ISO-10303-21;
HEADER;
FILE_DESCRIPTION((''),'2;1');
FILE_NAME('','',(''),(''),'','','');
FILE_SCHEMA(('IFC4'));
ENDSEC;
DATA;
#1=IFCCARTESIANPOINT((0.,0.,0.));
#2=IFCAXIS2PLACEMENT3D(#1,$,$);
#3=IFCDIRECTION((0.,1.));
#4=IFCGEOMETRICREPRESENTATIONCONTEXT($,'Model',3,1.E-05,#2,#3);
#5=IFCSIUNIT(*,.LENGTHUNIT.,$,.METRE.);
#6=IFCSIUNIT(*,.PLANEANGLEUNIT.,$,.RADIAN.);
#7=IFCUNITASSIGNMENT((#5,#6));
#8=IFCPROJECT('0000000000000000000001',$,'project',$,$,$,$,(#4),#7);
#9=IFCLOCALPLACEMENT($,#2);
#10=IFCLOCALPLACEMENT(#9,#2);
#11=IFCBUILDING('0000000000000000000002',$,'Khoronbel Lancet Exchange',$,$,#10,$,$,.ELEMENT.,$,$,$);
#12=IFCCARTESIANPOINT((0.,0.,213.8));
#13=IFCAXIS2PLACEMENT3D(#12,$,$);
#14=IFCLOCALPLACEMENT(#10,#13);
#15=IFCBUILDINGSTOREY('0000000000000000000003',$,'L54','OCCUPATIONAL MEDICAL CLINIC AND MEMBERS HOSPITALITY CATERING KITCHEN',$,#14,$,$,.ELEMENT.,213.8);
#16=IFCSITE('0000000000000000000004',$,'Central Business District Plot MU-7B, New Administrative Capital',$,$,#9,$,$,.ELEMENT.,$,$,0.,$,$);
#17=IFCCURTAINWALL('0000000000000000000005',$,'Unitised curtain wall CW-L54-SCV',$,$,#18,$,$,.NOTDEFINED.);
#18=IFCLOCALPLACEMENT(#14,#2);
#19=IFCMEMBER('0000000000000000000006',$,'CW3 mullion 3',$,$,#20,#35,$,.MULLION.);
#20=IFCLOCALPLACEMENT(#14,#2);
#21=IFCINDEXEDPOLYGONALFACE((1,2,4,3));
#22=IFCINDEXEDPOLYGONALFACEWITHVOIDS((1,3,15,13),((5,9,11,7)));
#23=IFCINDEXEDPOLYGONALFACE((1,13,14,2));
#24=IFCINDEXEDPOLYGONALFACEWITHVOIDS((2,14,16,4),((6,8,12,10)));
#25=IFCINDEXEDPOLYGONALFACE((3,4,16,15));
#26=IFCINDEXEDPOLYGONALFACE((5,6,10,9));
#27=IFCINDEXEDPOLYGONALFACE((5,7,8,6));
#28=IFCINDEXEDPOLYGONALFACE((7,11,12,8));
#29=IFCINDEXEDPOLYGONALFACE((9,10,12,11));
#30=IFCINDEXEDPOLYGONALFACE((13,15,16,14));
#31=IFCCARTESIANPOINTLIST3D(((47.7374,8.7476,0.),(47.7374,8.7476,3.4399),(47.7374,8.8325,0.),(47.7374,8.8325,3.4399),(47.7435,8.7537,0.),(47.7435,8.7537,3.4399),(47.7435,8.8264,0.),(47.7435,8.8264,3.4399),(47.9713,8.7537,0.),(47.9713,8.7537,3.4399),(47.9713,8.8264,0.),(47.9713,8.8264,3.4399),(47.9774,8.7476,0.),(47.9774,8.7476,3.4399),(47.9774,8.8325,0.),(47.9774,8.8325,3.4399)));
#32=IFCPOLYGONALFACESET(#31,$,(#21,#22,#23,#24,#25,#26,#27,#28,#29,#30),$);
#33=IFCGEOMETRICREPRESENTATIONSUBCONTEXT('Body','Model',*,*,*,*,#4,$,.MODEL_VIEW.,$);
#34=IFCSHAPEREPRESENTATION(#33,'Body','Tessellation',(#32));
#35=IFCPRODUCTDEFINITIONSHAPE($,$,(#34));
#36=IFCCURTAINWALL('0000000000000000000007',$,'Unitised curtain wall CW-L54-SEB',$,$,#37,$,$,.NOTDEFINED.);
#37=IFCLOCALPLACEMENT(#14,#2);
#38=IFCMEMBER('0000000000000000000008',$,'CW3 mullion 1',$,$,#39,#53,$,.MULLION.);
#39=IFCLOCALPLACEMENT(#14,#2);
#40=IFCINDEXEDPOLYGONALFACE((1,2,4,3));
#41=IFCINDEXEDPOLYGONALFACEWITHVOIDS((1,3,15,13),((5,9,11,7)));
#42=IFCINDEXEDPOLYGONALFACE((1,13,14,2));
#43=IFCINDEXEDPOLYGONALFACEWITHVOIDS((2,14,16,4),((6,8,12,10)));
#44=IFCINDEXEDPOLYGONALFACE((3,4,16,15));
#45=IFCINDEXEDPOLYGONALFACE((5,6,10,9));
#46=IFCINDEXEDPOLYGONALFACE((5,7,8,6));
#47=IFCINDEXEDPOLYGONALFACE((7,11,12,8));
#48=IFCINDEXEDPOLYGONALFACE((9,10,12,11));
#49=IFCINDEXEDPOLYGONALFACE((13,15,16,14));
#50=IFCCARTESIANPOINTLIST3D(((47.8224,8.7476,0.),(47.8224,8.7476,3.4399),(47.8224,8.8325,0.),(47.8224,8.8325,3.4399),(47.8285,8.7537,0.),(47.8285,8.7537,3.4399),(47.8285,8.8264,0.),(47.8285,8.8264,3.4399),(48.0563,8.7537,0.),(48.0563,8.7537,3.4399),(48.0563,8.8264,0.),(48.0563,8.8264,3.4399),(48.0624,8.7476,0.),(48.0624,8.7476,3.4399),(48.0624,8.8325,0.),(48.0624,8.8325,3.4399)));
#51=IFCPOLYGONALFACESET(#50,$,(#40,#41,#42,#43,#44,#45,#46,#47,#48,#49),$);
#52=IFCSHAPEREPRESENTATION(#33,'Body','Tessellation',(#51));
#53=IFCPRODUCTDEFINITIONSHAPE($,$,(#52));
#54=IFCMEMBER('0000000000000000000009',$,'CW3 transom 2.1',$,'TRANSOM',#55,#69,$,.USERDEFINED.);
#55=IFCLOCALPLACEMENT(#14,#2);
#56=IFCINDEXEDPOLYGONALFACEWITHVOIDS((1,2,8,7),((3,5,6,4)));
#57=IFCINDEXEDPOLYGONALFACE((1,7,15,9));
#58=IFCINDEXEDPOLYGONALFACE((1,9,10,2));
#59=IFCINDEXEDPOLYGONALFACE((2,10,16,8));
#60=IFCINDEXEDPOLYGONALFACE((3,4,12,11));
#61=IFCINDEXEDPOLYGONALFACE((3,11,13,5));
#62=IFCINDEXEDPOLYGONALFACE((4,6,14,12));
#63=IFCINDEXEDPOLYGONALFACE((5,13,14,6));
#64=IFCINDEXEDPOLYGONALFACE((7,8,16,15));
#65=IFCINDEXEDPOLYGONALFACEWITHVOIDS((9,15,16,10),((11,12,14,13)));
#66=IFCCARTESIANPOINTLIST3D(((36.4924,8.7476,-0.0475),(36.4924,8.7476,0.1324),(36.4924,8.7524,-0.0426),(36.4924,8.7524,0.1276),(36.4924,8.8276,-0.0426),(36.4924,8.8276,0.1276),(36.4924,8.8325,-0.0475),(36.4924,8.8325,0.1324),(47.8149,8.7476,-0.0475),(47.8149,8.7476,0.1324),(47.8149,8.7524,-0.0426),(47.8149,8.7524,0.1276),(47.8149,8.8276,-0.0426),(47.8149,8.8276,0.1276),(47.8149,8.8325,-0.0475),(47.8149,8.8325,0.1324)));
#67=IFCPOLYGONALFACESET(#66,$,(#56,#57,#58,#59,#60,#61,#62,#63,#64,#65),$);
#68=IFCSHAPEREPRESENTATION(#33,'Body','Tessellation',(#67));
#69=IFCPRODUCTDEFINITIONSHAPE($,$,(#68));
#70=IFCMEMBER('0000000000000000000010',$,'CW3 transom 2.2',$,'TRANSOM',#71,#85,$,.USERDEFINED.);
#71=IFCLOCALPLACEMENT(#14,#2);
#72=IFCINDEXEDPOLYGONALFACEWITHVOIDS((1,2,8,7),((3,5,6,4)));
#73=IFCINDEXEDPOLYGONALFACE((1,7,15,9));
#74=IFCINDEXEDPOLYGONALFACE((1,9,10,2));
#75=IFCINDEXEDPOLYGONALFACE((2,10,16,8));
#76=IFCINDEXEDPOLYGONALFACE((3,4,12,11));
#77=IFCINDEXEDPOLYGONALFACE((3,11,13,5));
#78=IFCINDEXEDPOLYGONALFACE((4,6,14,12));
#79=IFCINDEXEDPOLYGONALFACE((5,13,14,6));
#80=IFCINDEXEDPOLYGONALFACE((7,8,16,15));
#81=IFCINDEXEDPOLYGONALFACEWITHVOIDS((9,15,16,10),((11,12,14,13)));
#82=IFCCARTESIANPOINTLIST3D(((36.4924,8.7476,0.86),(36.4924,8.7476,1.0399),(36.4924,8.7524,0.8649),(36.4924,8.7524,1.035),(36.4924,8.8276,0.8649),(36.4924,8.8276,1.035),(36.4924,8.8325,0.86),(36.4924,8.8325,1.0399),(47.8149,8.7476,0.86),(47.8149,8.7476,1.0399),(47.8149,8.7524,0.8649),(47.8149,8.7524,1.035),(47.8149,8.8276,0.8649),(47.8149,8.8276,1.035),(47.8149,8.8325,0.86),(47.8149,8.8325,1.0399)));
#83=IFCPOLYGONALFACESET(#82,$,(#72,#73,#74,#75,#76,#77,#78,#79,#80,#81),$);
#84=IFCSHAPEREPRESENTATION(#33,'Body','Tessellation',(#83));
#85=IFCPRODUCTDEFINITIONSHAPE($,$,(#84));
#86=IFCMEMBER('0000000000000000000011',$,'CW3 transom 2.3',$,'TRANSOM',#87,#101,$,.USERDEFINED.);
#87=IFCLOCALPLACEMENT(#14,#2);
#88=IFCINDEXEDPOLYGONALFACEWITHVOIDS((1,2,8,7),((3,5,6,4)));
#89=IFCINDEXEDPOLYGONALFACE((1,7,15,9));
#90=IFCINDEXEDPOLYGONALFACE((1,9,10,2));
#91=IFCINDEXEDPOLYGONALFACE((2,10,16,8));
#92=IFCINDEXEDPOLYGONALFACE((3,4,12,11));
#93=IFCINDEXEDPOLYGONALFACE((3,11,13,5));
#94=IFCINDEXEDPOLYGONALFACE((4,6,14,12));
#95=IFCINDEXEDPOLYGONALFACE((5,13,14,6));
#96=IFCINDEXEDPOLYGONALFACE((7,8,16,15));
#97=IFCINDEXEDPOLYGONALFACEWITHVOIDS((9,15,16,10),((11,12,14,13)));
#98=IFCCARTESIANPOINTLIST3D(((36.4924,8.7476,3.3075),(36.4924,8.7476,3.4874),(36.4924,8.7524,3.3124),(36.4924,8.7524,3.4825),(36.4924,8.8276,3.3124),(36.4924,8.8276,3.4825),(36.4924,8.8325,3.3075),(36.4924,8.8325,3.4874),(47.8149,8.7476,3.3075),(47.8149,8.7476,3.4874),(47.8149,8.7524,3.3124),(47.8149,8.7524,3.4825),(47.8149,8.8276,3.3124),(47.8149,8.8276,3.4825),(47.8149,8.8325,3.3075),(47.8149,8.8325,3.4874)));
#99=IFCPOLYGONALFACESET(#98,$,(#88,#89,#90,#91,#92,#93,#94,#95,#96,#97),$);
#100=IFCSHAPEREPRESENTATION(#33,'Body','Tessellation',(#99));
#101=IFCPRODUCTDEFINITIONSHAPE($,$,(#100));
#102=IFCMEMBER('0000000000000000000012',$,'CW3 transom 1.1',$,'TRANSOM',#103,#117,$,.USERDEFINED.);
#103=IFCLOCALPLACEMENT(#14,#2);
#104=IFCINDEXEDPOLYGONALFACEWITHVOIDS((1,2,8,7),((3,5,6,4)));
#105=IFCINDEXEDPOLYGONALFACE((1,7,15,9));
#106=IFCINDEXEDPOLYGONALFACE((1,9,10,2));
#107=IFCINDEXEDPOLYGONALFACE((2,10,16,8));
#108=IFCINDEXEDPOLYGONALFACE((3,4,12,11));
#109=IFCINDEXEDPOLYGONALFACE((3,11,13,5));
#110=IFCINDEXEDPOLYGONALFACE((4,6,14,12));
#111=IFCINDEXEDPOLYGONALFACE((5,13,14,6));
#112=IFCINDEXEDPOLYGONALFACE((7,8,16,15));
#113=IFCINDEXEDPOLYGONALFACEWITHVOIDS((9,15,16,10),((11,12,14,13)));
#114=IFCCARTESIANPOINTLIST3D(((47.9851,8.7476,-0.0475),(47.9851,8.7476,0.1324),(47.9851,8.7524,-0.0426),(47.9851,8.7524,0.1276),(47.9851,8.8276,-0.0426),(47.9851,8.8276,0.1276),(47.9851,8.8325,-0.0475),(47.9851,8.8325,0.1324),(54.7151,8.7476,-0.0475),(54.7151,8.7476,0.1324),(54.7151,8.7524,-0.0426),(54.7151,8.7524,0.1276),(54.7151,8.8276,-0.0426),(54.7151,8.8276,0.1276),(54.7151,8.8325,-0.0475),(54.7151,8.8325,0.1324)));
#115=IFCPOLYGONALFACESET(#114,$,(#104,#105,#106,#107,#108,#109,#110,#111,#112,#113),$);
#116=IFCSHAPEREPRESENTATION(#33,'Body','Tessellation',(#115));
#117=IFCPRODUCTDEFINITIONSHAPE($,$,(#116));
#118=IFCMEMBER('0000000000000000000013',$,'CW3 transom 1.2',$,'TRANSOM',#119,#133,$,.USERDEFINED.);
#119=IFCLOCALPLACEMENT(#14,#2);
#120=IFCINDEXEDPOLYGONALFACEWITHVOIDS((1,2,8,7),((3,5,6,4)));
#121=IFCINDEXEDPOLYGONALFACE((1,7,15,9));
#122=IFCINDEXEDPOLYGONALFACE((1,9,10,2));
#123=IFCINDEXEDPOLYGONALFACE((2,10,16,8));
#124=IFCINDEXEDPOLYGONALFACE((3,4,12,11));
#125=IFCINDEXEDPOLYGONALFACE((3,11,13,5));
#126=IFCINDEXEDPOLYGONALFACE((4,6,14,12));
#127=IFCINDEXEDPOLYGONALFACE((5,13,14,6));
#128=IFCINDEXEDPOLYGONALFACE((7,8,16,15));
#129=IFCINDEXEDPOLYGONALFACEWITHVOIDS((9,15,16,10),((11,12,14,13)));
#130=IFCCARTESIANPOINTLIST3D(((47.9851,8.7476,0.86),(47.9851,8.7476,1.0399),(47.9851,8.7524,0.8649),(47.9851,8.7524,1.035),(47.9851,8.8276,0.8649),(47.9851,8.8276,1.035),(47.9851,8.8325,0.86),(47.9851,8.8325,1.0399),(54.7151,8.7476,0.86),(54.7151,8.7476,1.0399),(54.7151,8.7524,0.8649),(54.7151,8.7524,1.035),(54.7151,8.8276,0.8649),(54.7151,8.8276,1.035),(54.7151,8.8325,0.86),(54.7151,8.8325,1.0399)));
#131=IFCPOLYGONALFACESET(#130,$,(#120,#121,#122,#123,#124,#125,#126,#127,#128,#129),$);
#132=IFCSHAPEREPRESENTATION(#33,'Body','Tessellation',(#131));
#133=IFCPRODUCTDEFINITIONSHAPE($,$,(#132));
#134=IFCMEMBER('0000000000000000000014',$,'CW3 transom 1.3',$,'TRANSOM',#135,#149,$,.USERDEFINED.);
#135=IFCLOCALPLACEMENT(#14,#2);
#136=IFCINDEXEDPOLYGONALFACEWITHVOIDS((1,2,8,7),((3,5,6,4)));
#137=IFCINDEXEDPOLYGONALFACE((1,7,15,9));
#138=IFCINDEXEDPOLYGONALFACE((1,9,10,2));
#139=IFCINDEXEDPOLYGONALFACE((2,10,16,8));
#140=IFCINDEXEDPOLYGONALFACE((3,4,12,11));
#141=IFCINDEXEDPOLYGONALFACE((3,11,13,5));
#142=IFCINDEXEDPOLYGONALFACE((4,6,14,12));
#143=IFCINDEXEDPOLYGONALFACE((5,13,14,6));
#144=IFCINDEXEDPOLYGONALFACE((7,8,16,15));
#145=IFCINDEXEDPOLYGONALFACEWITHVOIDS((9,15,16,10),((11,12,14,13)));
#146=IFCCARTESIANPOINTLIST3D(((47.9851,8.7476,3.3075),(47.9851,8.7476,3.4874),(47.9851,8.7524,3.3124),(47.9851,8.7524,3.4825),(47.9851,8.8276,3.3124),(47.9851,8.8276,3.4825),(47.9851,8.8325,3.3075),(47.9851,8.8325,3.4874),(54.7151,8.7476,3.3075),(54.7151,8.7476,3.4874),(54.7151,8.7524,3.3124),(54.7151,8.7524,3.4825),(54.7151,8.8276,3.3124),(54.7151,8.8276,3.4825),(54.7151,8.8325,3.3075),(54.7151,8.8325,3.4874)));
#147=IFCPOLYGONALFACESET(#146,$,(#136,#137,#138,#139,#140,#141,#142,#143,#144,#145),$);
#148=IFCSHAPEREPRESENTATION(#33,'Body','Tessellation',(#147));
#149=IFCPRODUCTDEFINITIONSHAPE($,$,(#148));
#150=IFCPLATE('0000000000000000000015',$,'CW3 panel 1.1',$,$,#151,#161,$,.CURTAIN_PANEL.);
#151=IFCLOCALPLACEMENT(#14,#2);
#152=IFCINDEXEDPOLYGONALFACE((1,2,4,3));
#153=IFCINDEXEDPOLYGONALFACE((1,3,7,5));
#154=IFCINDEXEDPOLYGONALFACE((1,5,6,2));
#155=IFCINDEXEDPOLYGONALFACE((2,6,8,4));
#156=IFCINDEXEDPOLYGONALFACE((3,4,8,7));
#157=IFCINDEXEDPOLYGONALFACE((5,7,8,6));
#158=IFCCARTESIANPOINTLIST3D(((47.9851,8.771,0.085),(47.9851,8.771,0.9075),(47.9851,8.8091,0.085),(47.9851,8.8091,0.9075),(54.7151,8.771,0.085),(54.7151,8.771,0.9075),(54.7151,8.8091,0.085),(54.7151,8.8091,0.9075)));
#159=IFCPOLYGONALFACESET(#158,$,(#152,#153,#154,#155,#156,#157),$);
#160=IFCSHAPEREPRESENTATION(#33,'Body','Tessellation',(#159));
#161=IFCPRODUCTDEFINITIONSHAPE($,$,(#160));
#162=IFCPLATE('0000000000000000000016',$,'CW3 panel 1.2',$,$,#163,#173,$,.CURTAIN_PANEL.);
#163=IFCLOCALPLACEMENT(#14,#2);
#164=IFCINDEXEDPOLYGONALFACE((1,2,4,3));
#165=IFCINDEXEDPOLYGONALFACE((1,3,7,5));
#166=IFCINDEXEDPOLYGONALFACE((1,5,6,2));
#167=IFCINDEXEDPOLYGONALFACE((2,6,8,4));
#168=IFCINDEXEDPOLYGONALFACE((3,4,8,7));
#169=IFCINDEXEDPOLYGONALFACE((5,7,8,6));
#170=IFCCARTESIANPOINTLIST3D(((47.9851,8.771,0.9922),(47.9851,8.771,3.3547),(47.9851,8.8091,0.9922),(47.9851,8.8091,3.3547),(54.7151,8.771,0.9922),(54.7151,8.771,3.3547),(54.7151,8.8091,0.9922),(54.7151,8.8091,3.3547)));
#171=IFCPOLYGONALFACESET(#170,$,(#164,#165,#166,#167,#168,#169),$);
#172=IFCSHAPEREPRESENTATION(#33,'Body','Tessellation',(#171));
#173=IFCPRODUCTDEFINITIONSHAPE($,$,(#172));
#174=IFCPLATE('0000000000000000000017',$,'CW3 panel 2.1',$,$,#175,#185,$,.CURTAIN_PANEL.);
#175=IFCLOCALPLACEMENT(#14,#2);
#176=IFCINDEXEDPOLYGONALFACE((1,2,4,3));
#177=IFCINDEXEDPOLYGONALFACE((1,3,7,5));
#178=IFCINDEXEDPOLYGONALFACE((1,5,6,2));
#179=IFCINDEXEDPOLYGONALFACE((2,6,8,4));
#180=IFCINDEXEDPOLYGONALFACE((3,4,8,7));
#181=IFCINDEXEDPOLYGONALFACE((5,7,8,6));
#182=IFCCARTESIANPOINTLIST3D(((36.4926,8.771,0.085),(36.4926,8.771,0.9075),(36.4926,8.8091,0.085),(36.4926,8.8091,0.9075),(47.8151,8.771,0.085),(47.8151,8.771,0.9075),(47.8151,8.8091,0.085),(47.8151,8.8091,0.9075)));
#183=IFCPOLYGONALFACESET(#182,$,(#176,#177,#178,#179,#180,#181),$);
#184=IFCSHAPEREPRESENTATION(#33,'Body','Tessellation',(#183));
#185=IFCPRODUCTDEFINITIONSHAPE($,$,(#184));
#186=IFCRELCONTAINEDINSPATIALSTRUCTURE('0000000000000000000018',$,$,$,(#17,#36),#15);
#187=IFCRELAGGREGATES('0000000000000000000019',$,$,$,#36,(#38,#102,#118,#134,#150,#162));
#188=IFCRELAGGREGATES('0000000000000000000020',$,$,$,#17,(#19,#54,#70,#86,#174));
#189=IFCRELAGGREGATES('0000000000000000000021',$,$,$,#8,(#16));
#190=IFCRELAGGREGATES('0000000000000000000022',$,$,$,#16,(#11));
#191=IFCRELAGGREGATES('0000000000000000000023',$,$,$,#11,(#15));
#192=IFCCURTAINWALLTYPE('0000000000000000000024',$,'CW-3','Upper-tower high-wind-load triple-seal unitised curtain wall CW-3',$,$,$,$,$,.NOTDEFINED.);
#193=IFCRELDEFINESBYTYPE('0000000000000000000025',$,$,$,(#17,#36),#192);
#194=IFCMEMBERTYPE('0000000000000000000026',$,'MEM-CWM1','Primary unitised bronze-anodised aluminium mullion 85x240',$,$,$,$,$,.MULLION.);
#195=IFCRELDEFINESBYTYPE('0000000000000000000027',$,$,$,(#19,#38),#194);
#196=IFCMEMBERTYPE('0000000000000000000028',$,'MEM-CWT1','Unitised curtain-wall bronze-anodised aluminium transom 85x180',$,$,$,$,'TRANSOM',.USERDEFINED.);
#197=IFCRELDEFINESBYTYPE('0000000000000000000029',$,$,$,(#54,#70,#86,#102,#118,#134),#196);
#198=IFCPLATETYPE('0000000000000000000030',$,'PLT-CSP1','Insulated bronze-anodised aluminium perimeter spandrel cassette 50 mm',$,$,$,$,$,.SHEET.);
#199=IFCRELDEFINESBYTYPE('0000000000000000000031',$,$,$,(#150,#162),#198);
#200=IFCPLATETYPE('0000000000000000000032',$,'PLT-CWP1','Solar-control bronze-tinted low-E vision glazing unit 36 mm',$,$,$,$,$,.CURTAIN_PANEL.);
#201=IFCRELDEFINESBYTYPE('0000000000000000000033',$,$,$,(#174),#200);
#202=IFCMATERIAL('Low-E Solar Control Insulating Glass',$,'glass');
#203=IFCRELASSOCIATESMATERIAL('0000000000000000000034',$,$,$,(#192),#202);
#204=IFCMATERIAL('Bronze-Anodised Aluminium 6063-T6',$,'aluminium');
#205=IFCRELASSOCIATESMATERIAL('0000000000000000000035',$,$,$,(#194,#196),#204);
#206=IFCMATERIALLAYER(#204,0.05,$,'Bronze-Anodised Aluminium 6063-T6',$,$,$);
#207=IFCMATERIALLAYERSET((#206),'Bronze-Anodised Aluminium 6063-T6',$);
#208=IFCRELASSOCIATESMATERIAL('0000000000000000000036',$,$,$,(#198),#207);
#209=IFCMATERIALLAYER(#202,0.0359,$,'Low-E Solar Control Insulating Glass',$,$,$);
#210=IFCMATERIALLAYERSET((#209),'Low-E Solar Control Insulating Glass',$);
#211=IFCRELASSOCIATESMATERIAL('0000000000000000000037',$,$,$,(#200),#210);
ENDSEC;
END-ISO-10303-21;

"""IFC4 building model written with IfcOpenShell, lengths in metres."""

from ifc_helpers import new_model, si_unit, direction, frame, origin, origin_2d, place, context, subcontext, project, spatial, rectangle, hollow_rectangle, extrude, material, layer, layer_set, material_profile, profile_set, type_object, element, aggregate, save


model = new_model("IFC4")

# Units and contexts
model_context = context("Model", 3, precision=1e-05, world=origin(), true_north=direction((0.0, 1.0)))
body_context = subcontext(model_context, "Body", "Model", "MODEL_VIEW")
ifc_project = project(units=[si_unit("LENGTHUNIT", "METRE"), si_unit("PLANEANGLEUNIT", "RADIAN")], contexts=[model_context])

# Site, building, storey
site_placement = place(None, origin())
site = spatial("IfcSite", under=ifc_project, at=site_placement, Name="Central Business District Plot MU-7B, New Administrative Capital", CompositionType="ELEMENT", RefElevation=0.0)
building_placement = place(site_placement, origin())
building = spatial("IfcBuilding", under=site, at=building_placement, Name="Khoronbel Lancet Exchange", CompositionType="ELEMENT")
storey_placement = place(building_placement, frame((0.0, 0.0, 213.8)))
storey = spatial("IfcBuildingStorey", under=building, at=storey_placement, Name="L54", Description="OCCUPATIONAL MEDICAL CLINIC AND MEMBERS HOSPITALITY CATERING KITCHEN", CompositionType="ELEMENT", Elevation=213.8)

# Curtain wall, member
ifc_material_1 = material(Name="Low-E Solar Control Insulating Glass", Category="glass")
curtain_wall_type = type_object("IfcCurtainWallType", Name="CW-3", Description="Upper-tower high-wind-load triple-seal unitised curtain wall CW-3", PredefinedType="NOTDEFINED", material=ifc_material_1)
curtain_wall_1_placement = place(storey_placement, origin())
curtain_wall_1 = element("IfcCurtainWall", 1, at=curtain_wall_1_placement, inside=storey, type_object=curtain_wall_type, Name="Unitised curtain wall CW-L54-SCV", PredefinedType="NOTDEFINED")
ifc_material_2 = material(Name="Bronze-Anodised Aluminium 6063-T6", Category="aluminium")
ifc_material_profile_1 = material_profile(ifc_material_2, hollow_rectangle(XDim=0.085, YDim=0.24, WallThickness=0.0061, at=origin_2d()), Name="ALU MULLION 85x240")
ifc_profile_set_1 = profile_set([ifc_material_profile_1], Name="Bronze-Anodised Aluminium 6063-T6")
member_type_1 = type_object("IfcMemberType", Name="MEM-CWM1", Description="Primary unitised bronze-anodised aluminium mullion 85x240", PredefinedType="MULLION", material=ifc_profile_set_1)
member_1_placement = place(storey_placement, frame((47.8574, 8.79, 0.0), z_axis=(0.0, 0.0, 1.0), x_axis=(0.0, 1.0, 0.0)))
member_1 = element("IfcMember", 2, at=member_1_placement, type_object=member_type_1, Name="CW3 mullion 3", PredefinedType="MULLION", context=body_context, shape_type="SweptSolid", body=[
    extrude(hollow_rectangle(XDim=0.085, YDim=0.24, WallThickness=0.0061, at=origin_2d()), origin(), (0.0, 0.0, 1.0), 3.4399),
])

# Curtain wall, member
curtain_wall_2_placement = place(storey_placement, origin())
curtain_wall_2 = element("IfcCurtainWall", 3, at=curtain_wall_2_placement, inside=storey, type_object=curtain_wall_type, Name="Unitised curtain wall CW-L54-SEB", PredefinedType="NOTDEFINED")
member_2_placement = place(storey_placement, frame((47.9424, 8.79, 0.0), z_axis=(0.0, 0.0, 1.0), x_axis=(0.0, 1.0, 0.0)))
member_2 = element("IfcMember", 4, at=member_2_placement, type_object=member_type_1, Name="CW3 mullion 1", PredefinedType="MULLION", context=body_context, shape_type="SweptSolid", body=[
    extrude(hollow_rectangle(XDim=0.085, YDim=0.24, WallThickness=0.0061, at=origin_2d()), origin(), (0.0, 0.0, 1.0), 3.4399),
])

# Members
ifc_material_profile_2 = material_profile(ifc_material_2, hollow_rectangle(XDim=0.085, YDim=0.1799, WallThickness=0.0049, at=origin_2d()), Name="ALU TRANSOM 85x180")
ifc_profile_set_2 = profile_set([ifc_material_profile_2], Name="Bronze-Anodised Aluminium 6063-T6")
member_type_2 = type_object("IfcMemberType", Name="MEM-CWT1", Description="Unitised curtain-wall bronze-anodised aluminium transom 85x180", ElementType="TRANSOM", PredefinedType="USERDEFINED", material=ifc_profile_set_2)
member_3_placement = place(storey_placement, frame((36.4924, 8.79, 0.0425), z_axis=(1.0, 0.0, 0.0), x_axis=(0.0, 1.0, 0.0)))
member_3 = element("IfcMember", 5, at=member_3_placement, type_object=member_type_2, Name="CW3 transom 2.1", ObjectType="TRANSOM", PredefinedType="USERDEFINED", context=body_context, shape_type="SweptSolid", body=[
    extrude(hollow_rectangle(XDim=0.085, YDim=0.1799, WallThickness=0.0049, at=origin_2d()), origin(), (0.0, 0.0, 1.0), 11.3225),
])
member_4_placement = place(storey_placement, frame((36.4924, 8.79, 0.95), z_axis=(1.0, 0.0, 0.0), x_axis=(0.0, 1.0, 0.0)))
member_4 = element("IfcMember", 6, at=member_4_placement, type_object=member_type_2, Name="CW3 transom 2.2", ObjectType="TRANSOM", PredefinedType="USERDEFINED", context=body_context, shape_type="SweptSolid", body=[
    extrude(hollow_rectangle(XDim=0.085, YDim=0.1799, WallThickness=0.0049, at=origin_2d()), origin(), (0.0, 0.0, 1.0), 11.3225),
])
member_5_placement = place(storey_placement, frame((36.4924, 8.79, 3.3975), z_axis=(1.0, 0.0, 0.0), x_axis=(0.0, 1.0, 0.0)))
member_5 = element("IfcMember", 7, at=member_5_placement, type_object=member_type_2, Name="CW3 transom 2.3", ObjectType="TRANSOM", PredefinedType="USERDEFINED", context=body_context, shape_type="SweptSolid", body=[
    extrude(hollow_rectangle(XDim=0.085, YDim=0.1799, WallThickness=0.0049, at=origin_2d()), origin(), (0.0, 0.0, 1.0), 11.3225),
])
member_6_placement = place(storey_placement, frame((47.9851, 8.79, 0.0425), z_axis=(1.0, 0.0, 0.0), x_axis=(0.0, 1.0, 0.0)))
member_6 = element("IfcMember", 8, at=member_6_placement, type_object=member_type_2, Name="CW3 transom 1.1", ObjectType="TRANSOM", PredefinedType="USERDEFINED", context=body_context, shape_type="SweptSolid", body=[
    extrude(hollow_rectangle(XDim=0.085, YDim=0.1799, WallThickness=0.0049, at=origin_2d()), origin(), (0.0, 0.0, 1.0), 6.73),
])
member_7_placement = place(storey_placement, frame((47.9851, 8.79, 0.95), z_axis=(1.0, 0.0, 0.0), x_axis=(0.0, 1.0, 0.0)))
member_7 = element("IfcMember", 9, at=member_7_placement, type_object=member_type_2, Name="CW3 transom 1.2", ObjectType="TRANSOM", PredefinedType="USERDEFINED", context=body_context, shape_type="SweptSolid", body=[
    extrude(hollow_rectangle(XDim=0.085, YDim=0.1799, WallThickness=0.0049, at=origin_2d()), origin(), (0.0, 0.0, 1.0), 6.73),
])
member_8_placement = place(storey_placement, frame((47.9851, 8.79, 3.3975), z_axis=(1.0, 0.0, 0.0), x_axis=(0.0, 1.0, 0.0)))
member_8 = element("IfcMember", 10, at=member_8_placement, type_object=member_type_2, Name="CW3 transom 1.3", ObjectType="TRANSOM", PredefinedType="USERDEFINED", context=body_context, shape_type="SweptSolid", body=[
    extrude(hollow_rectangle(XDim=0.085, YDim=0.1799, WallThickness=0.0049, at=origin_2d()), origin(), (0.0, 0.0, 1.0), 6.73),
])

# Plates
ifc_layer_1 = layer(ifc_material_2, 0.05, Name="Bronze-Anodised Aluminium 6063-T6")
ifc_layer_set_1 = layer_set([ifc_layer_1], Name="Bronze-Anodised Aluminium 6063-T6")
plate_type_1 = type_object("IfcPlateType", Name="PLT-CSP1", Description="Insulated bronze-anodised aluminium perimeter spandrel cassette 50 mm", PredefinedType="SHEET", material=ifc_layer_set_1)
plate_1_placement = place(storey_placement, frame((51.3501, 8.79, 0.085), z_axis=(0.0, 0.0, 1.0), x_axis=(1.0, 0.0, 0.0)))
plate_1 = element("IfcPlate", 11, at=plate_1_placement, type_object=plate_type_1, Name="CW3 panel 1.1", PredefinedType="CURTAIN_PANEL", context=body_context, shape_type="SweptSolid", body=[
    extrude(rectangle(XDim=6.73, YDim=0.0381, at=origin_2d()), origin(), (0.0, 0.0, 1.0), 0.8225),
])
plate_2_placement = place(storey_placement, frame((51.3501, 8.79, 0.9922), z_axis=(0.0, 0.0, 1.0), x_axis=(1.0, 0.0, 0.0)))
plate_2 = element("IfcPlate", 12, at=plate_2_placement, type_object=plate_type_1, Name="CW3 panel 1.2", PredefinedType="CURTAIN_PANEL", context=body_context, shape_type="SweptSolid", body=[
    extrude(rectangle(XDim=6.73, YDim=0.0381, at=origin_2d()), origin(), (0.0, 0.0, 1.0), 2.3625),
])
aggregate(curtain_wall_2, [member_2, member_6, member_7, member_8, plate_1, plate_2])
ifc_layer_2 = layer(ifc_material_1, 0.0359, Name="Low-E Solar Control Insulating Glass")
ifc_layer_set_2 = layer_set([ifc_layer_2], Name="Low-E Solar Control Insulating Glass")
plate_type_2 = type_object("IfcPlateType", Name="PLT-CWP1", Description="Solar-control bronze-tinted low-E vision glazing unit 36 mm", PredefinedType="CURTAIN_PANEL", material=ifc_layer_set_2)
plate_3_placement = place(storey_placement, frame((42.1538, 8.79, 0.085), z_axis=(0.0, 0.0, 1.0), x_axis=(1.0, 0.0, 0.0)))
plate_3 = element("IfcPlate", 13, at=plate_3_placement, type_object=plate_type_2, Name="CW3 panel 2.1", PredefinedType="CURTAIN_PANEL", context=body_context, shape_type="SweptSolid", body=[
    extrude(rectangle(XDim=11.3225, YDim=0.0381, at=origin_2d()), origin(), (0.0, 0.0, 1.0), 0.8225),
])
aggregate(curtain_wall_1, [member_1, member_3, member_4, member_5, plate_3])

save(model, "model.ifc")
